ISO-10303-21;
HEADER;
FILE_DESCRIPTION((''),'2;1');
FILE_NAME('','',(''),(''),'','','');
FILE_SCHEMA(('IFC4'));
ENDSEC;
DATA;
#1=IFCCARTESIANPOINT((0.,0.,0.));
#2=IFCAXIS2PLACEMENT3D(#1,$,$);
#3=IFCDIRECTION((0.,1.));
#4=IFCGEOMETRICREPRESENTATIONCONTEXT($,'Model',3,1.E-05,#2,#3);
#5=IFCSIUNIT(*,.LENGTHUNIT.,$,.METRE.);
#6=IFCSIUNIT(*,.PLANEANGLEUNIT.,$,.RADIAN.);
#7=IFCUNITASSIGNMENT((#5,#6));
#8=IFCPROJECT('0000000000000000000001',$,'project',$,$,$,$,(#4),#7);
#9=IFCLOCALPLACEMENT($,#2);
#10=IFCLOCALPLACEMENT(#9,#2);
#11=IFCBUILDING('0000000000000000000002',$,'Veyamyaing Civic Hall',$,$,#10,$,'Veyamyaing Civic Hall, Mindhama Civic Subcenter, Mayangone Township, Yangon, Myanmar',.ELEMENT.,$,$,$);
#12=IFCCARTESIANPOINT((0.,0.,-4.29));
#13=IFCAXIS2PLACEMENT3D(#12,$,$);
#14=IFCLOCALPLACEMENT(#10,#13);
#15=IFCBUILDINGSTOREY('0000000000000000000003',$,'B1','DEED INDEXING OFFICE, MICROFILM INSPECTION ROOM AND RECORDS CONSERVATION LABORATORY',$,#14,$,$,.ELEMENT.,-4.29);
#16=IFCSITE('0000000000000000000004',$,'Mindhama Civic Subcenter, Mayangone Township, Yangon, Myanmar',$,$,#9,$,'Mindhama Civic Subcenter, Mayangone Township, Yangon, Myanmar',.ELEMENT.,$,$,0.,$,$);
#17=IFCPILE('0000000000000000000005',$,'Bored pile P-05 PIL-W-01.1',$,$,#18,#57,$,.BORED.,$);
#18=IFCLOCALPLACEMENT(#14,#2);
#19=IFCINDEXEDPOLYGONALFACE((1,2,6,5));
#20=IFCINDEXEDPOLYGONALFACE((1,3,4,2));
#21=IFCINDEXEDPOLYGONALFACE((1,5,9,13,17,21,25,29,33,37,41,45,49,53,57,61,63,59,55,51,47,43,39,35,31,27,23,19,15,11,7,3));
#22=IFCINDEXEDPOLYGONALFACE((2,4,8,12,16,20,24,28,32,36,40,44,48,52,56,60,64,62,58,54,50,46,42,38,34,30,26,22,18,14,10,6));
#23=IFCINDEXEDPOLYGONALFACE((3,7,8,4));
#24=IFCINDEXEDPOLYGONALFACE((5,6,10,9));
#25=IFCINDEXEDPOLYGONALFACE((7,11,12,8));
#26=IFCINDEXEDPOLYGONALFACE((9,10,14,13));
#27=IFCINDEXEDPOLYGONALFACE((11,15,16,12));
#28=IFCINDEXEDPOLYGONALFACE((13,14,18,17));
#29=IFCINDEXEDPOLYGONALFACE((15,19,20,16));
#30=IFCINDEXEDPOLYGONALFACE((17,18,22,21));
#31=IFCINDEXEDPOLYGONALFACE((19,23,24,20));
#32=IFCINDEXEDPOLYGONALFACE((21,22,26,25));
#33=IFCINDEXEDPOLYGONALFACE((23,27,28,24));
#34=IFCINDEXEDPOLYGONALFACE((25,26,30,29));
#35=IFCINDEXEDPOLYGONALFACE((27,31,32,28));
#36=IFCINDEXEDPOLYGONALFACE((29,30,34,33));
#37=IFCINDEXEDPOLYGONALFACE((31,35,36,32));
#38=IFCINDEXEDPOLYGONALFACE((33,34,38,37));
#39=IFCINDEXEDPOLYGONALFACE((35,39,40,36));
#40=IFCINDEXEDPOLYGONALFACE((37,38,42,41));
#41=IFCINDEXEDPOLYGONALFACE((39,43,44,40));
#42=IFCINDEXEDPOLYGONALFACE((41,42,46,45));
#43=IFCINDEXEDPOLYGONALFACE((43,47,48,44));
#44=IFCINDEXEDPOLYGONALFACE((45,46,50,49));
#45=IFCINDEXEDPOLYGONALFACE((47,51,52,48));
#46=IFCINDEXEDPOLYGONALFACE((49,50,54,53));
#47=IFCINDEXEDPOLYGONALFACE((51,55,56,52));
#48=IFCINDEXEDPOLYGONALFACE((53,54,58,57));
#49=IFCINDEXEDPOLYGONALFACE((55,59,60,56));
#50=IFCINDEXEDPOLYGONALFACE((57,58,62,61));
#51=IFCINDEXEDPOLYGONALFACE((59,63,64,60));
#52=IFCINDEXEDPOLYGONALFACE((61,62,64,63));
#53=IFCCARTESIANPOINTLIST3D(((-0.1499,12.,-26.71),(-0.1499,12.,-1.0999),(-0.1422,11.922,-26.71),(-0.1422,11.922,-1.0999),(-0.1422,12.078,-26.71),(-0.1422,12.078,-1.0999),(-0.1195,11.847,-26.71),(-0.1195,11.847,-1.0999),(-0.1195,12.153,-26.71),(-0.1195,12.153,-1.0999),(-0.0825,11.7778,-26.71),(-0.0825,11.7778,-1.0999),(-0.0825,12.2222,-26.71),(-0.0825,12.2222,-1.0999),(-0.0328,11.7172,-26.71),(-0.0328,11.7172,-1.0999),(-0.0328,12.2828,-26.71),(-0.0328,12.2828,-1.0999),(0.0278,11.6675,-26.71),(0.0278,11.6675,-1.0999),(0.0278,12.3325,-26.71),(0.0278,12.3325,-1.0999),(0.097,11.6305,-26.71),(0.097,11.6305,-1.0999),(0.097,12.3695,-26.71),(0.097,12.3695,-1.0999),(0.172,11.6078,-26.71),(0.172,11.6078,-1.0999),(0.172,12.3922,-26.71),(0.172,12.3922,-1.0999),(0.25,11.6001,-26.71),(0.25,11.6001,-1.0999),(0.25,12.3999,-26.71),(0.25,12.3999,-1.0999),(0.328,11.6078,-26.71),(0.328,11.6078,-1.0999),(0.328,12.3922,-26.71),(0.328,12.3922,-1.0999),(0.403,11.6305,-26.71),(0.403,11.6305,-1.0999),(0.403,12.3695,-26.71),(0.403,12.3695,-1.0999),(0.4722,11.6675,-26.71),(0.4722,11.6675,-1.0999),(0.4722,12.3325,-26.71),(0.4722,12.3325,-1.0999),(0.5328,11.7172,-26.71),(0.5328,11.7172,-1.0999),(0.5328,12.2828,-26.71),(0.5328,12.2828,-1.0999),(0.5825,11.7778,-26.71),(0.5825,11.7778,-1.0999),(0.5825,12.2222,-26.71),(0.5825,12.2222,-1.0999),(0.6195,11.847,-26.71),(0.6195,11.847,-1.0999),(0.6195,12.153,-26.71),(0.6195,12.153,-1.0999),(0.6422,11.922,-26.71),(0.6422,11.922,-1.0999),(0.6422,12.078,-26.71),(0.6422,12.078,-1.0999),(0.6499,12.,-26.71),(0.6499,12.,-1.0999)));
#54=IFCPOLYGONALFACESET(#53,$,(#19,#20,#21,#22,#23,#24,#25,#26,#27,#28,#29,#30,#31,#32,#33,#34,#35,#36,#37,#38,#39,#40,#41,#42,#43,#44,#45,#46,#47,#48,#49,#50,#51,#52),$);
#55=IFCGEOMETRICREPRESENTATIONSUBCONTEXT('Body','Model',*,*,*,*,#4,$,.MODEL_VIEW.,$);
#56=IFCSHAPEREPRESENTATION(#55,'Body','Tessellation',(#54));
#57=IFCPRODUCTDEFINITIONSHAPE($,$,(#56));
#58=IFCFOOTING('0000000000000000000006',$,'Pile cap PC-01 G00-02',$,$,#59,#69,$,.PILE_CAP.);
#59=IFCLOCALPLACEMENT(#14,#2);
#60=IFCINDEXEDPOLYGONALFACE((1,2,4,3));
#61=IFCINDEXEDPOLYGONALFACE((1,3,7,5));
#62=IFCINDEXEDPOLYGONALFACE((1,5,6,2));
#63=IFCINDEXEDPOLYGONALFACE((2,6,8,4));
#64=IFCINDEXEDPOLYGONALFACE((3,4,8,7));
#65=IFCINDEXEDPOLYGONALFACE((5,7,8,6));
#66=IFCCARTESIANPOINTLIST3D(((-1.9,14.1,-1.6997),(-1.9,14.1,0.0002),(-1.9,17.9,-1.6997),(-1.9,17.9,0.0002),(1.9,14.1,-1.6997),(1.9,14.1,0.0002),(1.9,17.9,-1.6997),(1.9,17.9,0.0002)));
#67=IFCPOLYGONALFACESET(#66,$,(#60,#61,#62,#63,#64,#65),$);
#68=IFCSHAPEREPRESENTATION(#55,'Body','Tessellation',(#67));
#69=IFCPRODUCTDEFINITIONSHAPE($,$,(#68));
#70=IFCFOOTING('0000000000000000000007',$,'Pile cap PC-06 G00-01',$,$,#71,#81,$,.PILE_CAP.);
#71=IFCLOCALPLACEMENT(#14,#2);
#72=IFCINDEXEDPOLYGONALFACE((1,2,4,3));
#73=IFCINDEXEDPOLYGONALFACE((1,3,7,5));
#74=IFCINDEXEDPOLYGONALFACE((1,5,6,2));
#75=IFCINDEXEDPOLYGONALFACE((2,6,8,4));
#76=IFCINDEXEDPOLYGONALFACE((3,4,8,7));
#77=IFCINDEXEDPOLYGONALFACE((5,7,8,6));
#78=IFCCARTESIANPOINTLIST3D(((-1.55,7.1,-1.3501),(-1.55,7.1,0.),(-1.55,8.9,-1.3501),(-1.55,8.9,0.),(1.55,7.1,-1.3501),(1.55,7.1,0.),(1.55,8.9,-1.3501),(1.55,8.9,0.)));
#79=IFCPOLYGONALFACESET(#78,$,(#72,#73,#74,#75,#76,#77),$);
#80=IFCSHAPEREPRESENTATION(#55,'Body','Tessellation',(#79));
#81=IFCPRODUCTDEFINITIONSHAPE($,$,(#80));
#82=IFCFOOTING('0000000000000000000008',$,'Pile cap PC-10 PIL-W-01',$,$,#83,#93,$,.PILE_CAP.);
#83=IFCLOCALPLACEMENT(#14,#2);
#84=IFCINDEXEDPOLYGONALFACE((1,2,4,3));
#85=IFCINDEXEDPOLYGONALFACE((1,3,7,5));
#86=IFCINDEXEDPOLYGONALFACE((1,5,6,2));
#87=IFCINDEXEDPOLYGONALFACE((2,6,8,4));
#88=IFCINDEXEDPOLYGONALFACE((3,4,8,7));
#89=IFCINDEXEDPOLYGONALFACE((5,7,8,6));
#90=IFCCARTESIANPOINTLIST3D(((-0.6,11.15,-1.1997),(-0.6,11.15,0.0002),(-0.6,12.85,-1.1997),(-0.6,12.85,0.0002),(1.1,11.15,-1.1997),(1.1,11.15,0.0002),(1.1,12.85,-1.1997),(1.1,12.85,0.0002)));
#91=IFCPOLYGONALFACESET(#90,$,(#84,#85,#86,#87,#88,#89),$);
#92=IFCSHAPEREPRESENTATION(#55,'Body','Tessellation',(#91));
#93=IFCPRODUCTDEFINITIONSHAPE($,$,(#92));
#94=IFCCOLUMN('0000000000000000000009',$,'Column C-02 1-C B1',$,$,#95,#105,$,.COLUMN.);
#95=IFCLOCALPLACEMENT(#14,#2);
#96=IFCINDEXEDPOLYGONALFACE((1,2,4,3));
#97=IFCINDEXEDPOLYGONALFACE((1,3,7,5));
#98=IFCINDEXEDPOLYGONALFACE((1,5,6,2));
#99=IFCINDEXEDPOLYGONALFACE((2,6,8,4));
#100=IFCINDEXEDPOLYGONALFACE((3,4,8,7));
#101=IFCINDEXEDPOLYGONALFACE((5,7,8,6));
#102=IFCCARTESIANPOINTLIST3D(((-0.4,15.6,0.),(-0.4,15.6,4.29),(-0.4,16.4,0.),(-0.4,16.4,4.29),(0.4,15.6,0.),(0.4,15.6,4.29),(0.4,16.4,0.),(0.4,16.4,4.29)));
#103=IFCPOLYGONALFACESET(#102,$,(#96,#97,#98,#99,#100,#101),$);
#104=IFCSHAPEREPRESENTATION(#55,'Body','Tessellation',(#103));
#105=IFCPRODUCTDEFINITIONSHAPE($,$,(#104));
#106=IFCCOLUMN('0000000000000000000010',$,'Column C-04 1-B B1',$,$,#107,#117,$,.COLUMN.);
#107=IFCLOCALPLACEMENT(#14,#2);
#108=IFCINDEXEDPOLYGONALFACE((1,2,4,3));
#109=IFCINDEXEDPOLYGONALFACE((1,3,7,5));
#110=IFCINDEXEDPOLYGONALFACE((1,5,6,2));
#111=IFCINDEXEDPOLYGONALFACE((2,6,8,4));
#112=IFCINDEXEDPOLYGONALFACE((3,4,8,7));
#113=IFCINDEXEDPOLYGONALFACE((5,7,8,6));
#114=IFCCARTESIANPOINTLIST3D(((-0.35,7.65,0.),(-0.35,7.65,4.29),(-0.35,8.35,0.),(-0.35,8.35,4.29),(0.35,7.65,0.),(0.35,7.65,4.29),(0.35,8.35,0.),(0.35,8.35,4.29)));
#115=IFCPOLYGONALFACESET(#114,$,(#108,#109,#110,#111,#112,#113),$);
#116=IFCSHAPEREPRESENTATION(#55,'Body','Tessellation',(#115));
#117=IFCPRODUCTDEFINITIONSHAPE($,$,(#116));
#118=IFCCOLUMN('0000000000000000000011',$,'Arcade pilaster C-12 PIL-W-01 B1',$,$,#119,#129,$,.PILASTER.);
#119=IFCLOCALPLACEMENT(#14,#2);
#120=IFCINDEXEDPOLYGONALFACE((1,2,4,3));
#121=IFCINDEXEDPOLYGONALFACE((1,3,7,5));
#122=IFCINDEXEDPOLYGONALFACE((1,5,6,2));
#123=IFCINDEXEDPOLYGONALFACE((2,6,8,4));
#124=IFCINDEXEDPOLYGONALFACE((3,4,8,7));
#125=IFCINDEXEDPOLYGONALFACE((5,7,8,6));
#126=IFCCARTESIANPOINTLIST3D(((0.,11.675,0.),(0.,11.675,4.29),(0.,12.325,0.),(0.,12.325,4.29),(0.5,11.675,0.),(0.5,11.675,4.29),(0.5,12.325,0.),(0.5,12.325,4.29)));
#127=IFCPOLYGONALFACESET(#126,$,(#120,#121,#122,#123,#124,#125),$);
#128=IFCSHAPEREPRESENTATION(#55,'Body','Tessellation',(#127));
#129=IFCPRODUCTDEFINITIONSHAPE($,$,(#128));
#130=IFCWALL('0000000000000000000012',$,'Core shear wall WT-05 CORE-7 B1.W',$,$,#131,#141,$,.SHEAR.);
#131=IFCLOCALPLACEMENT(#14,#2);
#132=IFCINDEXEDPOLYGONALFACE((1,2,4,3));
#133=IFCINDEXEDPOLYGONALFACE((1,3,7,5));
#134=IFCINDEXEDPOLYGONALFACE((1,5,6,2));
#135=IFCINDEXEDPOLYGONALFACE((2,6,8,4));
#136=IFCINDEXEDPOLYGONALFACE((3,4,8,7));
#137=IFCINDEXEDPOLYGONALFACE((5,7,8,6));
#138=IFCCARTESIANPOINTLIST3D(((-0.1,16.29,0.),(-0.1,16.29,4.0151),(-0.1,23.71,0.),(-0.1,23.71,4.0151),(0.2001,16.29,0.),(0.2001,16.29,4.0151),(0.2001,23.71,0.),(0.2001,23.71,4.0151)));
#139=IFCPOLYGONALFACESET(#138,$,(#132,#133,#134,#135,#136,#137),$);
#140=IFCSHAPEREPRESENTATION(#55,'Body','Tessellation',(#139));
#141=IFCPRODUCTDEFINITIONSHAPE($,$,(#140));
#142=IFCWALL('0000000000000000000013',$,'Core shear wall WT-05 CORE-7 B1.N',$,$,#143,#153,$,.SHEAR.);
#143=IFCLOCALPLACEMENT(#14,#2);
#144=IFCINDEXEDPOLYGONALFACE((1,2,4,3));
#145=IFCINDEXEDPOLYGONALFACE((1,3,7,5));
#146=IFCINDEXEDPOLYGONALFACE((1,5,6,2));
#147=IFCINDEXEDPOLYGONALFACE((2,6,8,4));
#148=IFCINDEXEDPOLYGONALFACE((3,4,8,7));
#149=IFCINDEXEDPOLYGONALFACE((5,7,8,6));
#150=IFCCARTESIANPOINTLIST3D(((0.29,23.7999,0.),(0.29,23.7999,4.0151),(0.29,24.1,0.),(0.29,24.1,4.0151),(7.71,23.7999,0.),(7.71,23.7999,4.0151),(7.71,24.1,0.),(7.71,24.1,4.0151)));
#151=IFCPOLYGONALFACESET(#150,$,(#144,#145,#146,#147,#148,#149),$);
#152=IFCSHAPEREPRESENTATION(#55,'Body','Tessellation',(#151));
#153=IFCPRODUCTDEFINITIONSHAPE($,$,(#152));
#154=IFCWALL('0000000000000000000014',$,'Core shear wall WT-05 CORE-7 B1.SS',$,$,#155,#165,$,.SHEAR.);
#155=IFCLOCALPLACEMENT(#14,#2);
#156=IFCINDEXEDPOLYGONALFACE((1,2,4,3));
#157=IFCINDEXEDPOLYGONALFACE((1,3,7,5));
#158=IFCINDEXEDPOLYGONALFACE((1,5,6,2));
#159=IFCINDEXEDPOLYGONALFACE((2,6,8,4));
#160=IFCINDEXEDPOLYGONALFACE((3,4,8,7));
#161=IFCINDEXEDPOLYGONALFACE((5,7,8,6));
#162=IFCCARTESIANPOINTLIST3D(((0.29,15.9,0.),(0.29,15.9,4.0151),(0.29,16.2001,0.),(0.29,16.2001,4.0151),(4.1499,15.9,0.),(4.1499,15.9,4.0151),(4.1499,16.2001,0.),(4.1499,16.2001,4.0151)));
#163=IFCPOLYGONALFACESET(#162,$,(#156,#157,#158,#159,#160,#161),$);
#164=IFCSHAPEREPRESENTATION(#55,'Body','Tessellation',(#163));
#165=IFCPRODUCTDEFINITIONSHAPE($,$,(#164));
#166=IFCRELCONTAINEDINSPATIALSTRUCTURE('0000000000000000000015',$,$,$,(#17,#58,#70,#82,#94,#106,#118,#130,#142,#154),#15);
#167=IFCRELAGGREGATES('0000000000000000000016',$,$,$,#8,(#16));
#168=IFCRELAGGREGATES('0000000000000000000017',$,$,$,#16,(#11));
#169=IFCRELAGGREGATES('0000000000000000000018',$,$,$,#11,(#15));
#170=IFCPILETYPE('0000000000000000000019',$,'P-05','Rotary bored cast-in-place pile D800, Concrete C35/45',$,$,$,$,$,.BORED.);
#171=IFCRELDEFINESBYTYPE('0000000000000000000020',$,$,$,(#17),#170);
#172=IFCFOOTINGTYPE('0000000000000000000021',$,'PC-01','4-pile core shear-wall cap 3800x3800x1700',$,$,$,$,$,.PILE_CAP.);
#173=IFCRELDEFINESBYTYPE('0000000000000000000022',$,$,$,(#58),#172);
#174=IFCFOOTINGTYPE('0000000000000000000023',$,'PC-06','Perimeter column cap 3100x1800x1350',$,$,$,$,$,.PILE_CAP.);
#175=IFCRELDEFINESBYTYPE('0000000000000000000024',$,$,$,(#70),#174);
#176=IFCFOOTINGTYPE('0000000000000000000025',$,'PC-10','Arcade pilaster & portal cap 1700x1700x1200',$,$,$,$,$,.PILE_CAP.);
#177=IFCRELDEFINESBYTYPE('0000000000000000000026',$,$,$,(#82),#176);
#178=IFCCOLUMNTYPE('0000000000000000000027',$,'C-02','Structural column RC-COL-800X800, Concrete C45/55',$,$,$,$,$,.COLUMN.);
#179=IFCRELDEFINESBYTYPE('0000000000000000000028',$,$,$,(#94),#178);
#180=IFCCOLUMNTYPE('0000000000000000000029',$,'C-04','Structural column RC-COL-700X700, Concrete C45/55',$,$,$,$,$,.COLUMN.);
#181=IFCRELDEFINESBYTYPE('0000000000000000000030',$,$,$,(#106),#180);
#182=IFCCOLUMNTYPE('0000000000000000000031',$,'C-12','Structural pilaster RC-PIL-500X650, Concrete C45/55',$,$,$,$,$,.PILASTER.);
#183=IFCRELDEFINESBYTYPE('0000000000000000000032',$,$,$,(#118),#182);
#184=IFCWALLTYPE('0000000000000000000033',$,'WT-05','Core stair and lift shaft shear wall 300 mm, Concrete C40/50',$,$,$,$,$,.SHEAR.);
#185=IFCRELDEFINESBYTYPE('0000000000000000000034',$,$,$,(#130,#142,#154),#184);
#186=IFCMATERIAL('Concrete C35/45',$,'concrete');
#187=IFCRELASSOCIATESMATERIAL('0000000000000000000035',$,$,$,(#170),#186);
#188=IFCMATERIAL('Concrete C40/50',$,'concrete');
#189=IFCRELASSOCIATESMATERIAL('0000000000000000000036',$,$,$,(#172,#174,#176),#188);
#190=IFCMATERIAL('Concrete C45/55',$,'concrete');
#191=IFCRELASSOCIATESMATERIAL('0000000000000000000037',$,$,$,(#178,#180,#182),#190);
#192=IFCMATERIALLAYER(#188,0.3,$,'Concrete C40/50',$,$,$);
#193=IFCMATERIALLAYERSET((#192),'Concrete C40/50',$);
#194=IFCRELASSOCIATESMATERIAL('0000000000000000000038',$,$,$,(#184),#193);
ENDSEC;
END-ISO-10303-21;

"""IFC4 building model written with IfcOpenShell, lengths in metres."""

from ifc_helpers import new_model, si_unit, direction, frame, frame_2d, origin, origin_2d, place, context, subcontext, project, spatial, rectangle, circle, extrude, material, layer, layer_set, material_profile, profile_set, type_object, element, save


model = new_model("IFC4")

# Units and contexts
model_context = context("Model", 3, precision=1e-05, world=origin(), true_north=direction((0.0, 1.0)))
body_context = subcontext(model_context, "Body", "Model", "MODEL_VIEW")
ifc_project = project(units=[si_unit("LENGTHUNIT", "METRE"), si_unit("PLANEANGLEUNIT", "RADIAN")], contexts=[model_context])

# Site, building, storey
site_placement = place(None, origin())
site = spatial("IfcSite", under=ifc_project, at=site_placement, Name="Mindhama Civic Subcenter, Mayangone Township, Yangon, Myanmar", LongName="Mindhama Civic Subcenter, Mayangone Township, Yangon, Myanmar", CompositionType="ELEMENT", RefElevation=0.0)
building_placement = place(site_placement, origin())
building = spatial("IfcBuilding", under=site, at=building_placement, Name="Veyamyaing Civic Hall", LongName="Veyamyaing Civic Hall, Mindhama Civic Subcenter, Mayangone Township, Yangon, Myanmar", CompositionType="ELEMENT")
storey_placement = place(building_placement, frame((0.0, 0.0, -4.29)))
storey = spatial("IfcBuildingStorey", under=building, at=storey_placement, Name="B1", Description="DEED INDEXING OFFICE, MICROFILM INSPECTION ROOM AND RECORDS CONSERVATION LABORATORY", CompositionType="ELEMENT", Elevation=-4.29)

# Shared definitions
ifc_material_1 = material(Name="Concrete C40/50", Category="concrete")

# Pile
ifc_material_2 = material(Name="Concrete C35/45", Category="concrete")
ifc_material_profile_1 = material_profile(ifc_material_2, circle(Radius=0.3999, at=origin_2d()), Name="PILE-D800")
ifc_profile_set_1 = profile_set([ifc_material_profile_1], Name="Concrete C35/45")
pile_type_1 = type_object("IfcPileType", Name="P-05", Description="Rotary bored cast-in-place pile D800, Concrete C35/45", PredefinedType="BORED", material=ifc_profile_set_1)
pile_1_placement = place(storey_placement, frame((0.25, 12.0, -1.0999), z_axis=(0.0, 0.0, -1.0), x_axis=(1.0, 0.0, 0.0)))
element("IfcPile", 1, at=pile_1_placement, inside=storey, type_object=pile_type_1, Name="Bored pile P-05 PIL-W-01.1", PredefinedType="BORED", context=body_context, shape_type="SweptSolid", body=[
    extrude(circle(Radius=0.3999, at=origin_2d()), origin(), (0.0, 0.0, 1.0), 25.6101),
])

# Footings
footing_type_1 = type_object("IfcFootingType", Name="PC-01", Description="4-pile core shear-wall cap 3800x3800x1700", PredefinedType="PILE_CAP", material=ifc_material_1)
footing_1_placement = place(storey_placement, frame((0.0, 16.0, -1.6997), z_axis=(0.0, 0.0, 1.0), x_axis=(1.0, 0.0, 0.0)))
element("IfcFooting", 2, at=footing_1_placement, inside=storey, type_object=footing_type_1, Name="Pile cap PC-01 G00-02", PredefinedType="PILE_CAP", context=body_context, shape_type="SweptSolid", body=[
    extrude(rectangle(XDim=3.8, YDim=3.8, at=origin_2d()), origin(), (0.0, 0.0, 1.0), 1.7),
])
footing_type_2 = type_object("IfcFootingType", Name="PC-06", Description="Perimeter column cap 3100x1800x1350", PredefinedType="PILE_CAP", material=ifc_material_1)
footing_2_placement = place(storey_placement, frame((0.0, 8.0, -1.3501), z_axis=(0.0, 0.0, 1.0), x_axis=(1.0, 0.0, 0.0)))
element("IfcFooting", 3, at=footing_2_placement, inside=storey, type_object=footing_type_2, Name="Pile cap PC-06 G00-01", PredefinedType="PILE_CAP", context=body_context, shape_type="SweptSolid", body=[
    extrude(rectangle(XDim=3.1001, YDim=1.8, at=origin_2d()), origin(), (0.0, 0.0, 1.0), 1.3501),
])
footing_type_3 = type_object("IfcFootingType", Name="PC-10", Description="Arcade pilaster & portal cap 1700x1700x1200", PredefinedType="PILE_CAP", material=ifc_material_1)
footing_3_placement = place(storey_placement, frame((0.25, 12.0, -1.1997), z_axis=(0.0, 0.0, 1.0), x_axis=(1.0, 0.0, 0.0)))
element("IfcFooting", 4, at=footing_3_placement, inside=storey, type_object=footing_type_3, Name="Pile cap PC-10 PIL-W-01", PredefinedType="PILE_CAP", context=body_context, shape_type="SweptSolid", body=[
    extrude(rectangle(XDim=1.7, YDim=1.7, at=origin_2d()), origin(), (0.0, 0.0, 1.0), 1.2),
])

# Columns
ifc_material_3 = material(Name="Concrete C45/55", Category="concrete")
ifc_material_profile_2 = material_profile(ifc_material_3, rectangle(XDim=0.8, YDim=0.8, at=origin_2d()), Name="RC-COL-800X800")
ifc_profile_set_2 = profile_set([ifc_material_profile_2], Name="Concrete C45/55")
column_type_1 = type_object("IfcColumnType", Name="C-02", Description="Structural column RC-COL-800X800, Concrete C45/55", PredefinedType="COLUMN", material=ifc_profile_set_2)
column_1_placement = place(storey_placement, frame((0.0, 16.0, 0.0), z_axis=(0.0, 0.0, 1.0), x_axis=(1.0, 0.0, 0.0)))
element("IfcColumn", 5, at=column_1_placement, inside=storey, type_object=column_type_1, Name="Column C-02 1-C B1", PredefinedType="COLUMN", context=body_context, shape_type="SweptSolid", body=[
    extrude(rectangle(XDim=0.8, YDim=0.8, at=origin_2d()), origin(), (0.0, 0.0, 1.0), 4.29),
])
ifc_material_profile_3 = material_profile(ifc_material_3, rectangle(XDim=0.7, YDim=0.7, at=origin_2d()), Name="RC-COL-700X700")
ifc_profile_set_3 = profile_set([ifc_material_profile_3], Name="Concrete C45/55")
column_type_2 = type_object("IfcColumnType", Name="C-04", Description="Structural column RC-COL-700X700, Concrete C45/55", PredefinedType="COLUMN", material=ifc_profile_set_3)
column_2_placement = place(storey_placement, frame((0.0, 8.0, 0.0), z_axis=(0.0, 0.0, 1.0), x_axis=(1.0, 0.0, 0.0)))
element("IfcColumn", 6, at=column_2_placement, inside=storey, type_object=column_type_2, Name="Column C-04 1-B B1", PredefinedType="COLUMN", context=body_context, shape_type="SweptSolid", body=[
    extrude(rectangle(XDim=0.7, YDim=0.7, at=origin_2d()), origin(), (0.0, 0.0, 1.0), 4.29),
])
ifc_material_profile_4 = material_profile(ifc_material_3, rectangle(XDim=0.5, YDim=0.6499, at=origin_2d()), Name="RC-PIL-500X650")
ifc_profile_set_4 = profile_set([ifc_material_profile_4], Name="Concrete C45/55")
column_type_3 = type_object("IfcColumnType", Name="C-12", Description="Structural pilaster RC-PIL-500X650, Concrete C45/55", PredefinedType="PILASTER", material=ifc_profile_set_4)
column_3_placement = place(storey_placement, frame((0.25, 12.0, 0.0), z_axis=(0.0, 0.0, 1.0), x_axis=(1.0, 0.0, 0.0)))
element("IfcColumn", 7, at=column_3_placement, inside=storey, type_object=column_type_3, Name="Arcade pilaster C-12 PIL-W-01 B1", PredefinedType="PILASTER", context=body_context, shape_type="SweptSolid", body=[
    extrude(rectangle(XDim=0.5, YDim=0.6499, at=origin_2d()), origin(), (0.0, 0.0, 1.0), 4.29),
])

# Walls
ifc_layer_1 = layer(ifc_material_1, 0.3, Name="Concrete C40/50")
ifc_layer_set_1 = layer_set([ifc_layer_1], Name="Concrete C40/50")
wall_type = type_object("IfcWallType", Name="WT-05", Description="Core stair and lift shaft shear wall 300 mm, Concrete C40/50", PredefinedType="SHEAR", material=ifc_layer_set_1)
for number, where, z_axis, x_axis, name in (
    (8, (0.05, 16.29, 0.0), (0.0, 0.0, 1.0), (0.0, 1.0, 0.0), "Core shear wall WT-05 CORE-7 B1.W"),
    (9, (0.29, 23.95, 0.0), (0.0, 0.0, 1.0), (1.0, 0.0, 0.0), "Core shear wall WT-05 CORE-7 B1.N"),
):
    element("IfcWall", number, at=place(storey_placement, frame(where, z_axis=z_axis, x_axis=x_axis)), inside=storey, type_object=wall_type, Name=name, PredefinedType="SHEAR", context=body_context, shape_type="SweptSolid", body=[
        extrude(rectangle(XDim=7.4199, YDim=0.3, at=frame_2d((3.71, 0.0))), origin(), (0.0, 0.0, 1.0), 4.0151),
    ])
wall_placement = place(storey_placement, frame((0.29, 16.05, 0.0), z_axis=(0.0, 0.0, 1.0), x_axis=(1.0, 0.0, 0.0)))
element("IfcWall", 10, at=wall_placement, inside=storey, type_object=wall_type, Name="Core shear wall WT-05 CORE-7 B1.SS", PredefinedType="SHEAR", context=body_context, shape_type="SweptSolid", body=[
    extrude(rectangle(XDim=3.8599, YDim=0.3, at=frame_2d((1.9299, 0.0))), origin(), (0.0, 0.0, 1.0), 4.0151),
])

save(model, "model.ifc")
